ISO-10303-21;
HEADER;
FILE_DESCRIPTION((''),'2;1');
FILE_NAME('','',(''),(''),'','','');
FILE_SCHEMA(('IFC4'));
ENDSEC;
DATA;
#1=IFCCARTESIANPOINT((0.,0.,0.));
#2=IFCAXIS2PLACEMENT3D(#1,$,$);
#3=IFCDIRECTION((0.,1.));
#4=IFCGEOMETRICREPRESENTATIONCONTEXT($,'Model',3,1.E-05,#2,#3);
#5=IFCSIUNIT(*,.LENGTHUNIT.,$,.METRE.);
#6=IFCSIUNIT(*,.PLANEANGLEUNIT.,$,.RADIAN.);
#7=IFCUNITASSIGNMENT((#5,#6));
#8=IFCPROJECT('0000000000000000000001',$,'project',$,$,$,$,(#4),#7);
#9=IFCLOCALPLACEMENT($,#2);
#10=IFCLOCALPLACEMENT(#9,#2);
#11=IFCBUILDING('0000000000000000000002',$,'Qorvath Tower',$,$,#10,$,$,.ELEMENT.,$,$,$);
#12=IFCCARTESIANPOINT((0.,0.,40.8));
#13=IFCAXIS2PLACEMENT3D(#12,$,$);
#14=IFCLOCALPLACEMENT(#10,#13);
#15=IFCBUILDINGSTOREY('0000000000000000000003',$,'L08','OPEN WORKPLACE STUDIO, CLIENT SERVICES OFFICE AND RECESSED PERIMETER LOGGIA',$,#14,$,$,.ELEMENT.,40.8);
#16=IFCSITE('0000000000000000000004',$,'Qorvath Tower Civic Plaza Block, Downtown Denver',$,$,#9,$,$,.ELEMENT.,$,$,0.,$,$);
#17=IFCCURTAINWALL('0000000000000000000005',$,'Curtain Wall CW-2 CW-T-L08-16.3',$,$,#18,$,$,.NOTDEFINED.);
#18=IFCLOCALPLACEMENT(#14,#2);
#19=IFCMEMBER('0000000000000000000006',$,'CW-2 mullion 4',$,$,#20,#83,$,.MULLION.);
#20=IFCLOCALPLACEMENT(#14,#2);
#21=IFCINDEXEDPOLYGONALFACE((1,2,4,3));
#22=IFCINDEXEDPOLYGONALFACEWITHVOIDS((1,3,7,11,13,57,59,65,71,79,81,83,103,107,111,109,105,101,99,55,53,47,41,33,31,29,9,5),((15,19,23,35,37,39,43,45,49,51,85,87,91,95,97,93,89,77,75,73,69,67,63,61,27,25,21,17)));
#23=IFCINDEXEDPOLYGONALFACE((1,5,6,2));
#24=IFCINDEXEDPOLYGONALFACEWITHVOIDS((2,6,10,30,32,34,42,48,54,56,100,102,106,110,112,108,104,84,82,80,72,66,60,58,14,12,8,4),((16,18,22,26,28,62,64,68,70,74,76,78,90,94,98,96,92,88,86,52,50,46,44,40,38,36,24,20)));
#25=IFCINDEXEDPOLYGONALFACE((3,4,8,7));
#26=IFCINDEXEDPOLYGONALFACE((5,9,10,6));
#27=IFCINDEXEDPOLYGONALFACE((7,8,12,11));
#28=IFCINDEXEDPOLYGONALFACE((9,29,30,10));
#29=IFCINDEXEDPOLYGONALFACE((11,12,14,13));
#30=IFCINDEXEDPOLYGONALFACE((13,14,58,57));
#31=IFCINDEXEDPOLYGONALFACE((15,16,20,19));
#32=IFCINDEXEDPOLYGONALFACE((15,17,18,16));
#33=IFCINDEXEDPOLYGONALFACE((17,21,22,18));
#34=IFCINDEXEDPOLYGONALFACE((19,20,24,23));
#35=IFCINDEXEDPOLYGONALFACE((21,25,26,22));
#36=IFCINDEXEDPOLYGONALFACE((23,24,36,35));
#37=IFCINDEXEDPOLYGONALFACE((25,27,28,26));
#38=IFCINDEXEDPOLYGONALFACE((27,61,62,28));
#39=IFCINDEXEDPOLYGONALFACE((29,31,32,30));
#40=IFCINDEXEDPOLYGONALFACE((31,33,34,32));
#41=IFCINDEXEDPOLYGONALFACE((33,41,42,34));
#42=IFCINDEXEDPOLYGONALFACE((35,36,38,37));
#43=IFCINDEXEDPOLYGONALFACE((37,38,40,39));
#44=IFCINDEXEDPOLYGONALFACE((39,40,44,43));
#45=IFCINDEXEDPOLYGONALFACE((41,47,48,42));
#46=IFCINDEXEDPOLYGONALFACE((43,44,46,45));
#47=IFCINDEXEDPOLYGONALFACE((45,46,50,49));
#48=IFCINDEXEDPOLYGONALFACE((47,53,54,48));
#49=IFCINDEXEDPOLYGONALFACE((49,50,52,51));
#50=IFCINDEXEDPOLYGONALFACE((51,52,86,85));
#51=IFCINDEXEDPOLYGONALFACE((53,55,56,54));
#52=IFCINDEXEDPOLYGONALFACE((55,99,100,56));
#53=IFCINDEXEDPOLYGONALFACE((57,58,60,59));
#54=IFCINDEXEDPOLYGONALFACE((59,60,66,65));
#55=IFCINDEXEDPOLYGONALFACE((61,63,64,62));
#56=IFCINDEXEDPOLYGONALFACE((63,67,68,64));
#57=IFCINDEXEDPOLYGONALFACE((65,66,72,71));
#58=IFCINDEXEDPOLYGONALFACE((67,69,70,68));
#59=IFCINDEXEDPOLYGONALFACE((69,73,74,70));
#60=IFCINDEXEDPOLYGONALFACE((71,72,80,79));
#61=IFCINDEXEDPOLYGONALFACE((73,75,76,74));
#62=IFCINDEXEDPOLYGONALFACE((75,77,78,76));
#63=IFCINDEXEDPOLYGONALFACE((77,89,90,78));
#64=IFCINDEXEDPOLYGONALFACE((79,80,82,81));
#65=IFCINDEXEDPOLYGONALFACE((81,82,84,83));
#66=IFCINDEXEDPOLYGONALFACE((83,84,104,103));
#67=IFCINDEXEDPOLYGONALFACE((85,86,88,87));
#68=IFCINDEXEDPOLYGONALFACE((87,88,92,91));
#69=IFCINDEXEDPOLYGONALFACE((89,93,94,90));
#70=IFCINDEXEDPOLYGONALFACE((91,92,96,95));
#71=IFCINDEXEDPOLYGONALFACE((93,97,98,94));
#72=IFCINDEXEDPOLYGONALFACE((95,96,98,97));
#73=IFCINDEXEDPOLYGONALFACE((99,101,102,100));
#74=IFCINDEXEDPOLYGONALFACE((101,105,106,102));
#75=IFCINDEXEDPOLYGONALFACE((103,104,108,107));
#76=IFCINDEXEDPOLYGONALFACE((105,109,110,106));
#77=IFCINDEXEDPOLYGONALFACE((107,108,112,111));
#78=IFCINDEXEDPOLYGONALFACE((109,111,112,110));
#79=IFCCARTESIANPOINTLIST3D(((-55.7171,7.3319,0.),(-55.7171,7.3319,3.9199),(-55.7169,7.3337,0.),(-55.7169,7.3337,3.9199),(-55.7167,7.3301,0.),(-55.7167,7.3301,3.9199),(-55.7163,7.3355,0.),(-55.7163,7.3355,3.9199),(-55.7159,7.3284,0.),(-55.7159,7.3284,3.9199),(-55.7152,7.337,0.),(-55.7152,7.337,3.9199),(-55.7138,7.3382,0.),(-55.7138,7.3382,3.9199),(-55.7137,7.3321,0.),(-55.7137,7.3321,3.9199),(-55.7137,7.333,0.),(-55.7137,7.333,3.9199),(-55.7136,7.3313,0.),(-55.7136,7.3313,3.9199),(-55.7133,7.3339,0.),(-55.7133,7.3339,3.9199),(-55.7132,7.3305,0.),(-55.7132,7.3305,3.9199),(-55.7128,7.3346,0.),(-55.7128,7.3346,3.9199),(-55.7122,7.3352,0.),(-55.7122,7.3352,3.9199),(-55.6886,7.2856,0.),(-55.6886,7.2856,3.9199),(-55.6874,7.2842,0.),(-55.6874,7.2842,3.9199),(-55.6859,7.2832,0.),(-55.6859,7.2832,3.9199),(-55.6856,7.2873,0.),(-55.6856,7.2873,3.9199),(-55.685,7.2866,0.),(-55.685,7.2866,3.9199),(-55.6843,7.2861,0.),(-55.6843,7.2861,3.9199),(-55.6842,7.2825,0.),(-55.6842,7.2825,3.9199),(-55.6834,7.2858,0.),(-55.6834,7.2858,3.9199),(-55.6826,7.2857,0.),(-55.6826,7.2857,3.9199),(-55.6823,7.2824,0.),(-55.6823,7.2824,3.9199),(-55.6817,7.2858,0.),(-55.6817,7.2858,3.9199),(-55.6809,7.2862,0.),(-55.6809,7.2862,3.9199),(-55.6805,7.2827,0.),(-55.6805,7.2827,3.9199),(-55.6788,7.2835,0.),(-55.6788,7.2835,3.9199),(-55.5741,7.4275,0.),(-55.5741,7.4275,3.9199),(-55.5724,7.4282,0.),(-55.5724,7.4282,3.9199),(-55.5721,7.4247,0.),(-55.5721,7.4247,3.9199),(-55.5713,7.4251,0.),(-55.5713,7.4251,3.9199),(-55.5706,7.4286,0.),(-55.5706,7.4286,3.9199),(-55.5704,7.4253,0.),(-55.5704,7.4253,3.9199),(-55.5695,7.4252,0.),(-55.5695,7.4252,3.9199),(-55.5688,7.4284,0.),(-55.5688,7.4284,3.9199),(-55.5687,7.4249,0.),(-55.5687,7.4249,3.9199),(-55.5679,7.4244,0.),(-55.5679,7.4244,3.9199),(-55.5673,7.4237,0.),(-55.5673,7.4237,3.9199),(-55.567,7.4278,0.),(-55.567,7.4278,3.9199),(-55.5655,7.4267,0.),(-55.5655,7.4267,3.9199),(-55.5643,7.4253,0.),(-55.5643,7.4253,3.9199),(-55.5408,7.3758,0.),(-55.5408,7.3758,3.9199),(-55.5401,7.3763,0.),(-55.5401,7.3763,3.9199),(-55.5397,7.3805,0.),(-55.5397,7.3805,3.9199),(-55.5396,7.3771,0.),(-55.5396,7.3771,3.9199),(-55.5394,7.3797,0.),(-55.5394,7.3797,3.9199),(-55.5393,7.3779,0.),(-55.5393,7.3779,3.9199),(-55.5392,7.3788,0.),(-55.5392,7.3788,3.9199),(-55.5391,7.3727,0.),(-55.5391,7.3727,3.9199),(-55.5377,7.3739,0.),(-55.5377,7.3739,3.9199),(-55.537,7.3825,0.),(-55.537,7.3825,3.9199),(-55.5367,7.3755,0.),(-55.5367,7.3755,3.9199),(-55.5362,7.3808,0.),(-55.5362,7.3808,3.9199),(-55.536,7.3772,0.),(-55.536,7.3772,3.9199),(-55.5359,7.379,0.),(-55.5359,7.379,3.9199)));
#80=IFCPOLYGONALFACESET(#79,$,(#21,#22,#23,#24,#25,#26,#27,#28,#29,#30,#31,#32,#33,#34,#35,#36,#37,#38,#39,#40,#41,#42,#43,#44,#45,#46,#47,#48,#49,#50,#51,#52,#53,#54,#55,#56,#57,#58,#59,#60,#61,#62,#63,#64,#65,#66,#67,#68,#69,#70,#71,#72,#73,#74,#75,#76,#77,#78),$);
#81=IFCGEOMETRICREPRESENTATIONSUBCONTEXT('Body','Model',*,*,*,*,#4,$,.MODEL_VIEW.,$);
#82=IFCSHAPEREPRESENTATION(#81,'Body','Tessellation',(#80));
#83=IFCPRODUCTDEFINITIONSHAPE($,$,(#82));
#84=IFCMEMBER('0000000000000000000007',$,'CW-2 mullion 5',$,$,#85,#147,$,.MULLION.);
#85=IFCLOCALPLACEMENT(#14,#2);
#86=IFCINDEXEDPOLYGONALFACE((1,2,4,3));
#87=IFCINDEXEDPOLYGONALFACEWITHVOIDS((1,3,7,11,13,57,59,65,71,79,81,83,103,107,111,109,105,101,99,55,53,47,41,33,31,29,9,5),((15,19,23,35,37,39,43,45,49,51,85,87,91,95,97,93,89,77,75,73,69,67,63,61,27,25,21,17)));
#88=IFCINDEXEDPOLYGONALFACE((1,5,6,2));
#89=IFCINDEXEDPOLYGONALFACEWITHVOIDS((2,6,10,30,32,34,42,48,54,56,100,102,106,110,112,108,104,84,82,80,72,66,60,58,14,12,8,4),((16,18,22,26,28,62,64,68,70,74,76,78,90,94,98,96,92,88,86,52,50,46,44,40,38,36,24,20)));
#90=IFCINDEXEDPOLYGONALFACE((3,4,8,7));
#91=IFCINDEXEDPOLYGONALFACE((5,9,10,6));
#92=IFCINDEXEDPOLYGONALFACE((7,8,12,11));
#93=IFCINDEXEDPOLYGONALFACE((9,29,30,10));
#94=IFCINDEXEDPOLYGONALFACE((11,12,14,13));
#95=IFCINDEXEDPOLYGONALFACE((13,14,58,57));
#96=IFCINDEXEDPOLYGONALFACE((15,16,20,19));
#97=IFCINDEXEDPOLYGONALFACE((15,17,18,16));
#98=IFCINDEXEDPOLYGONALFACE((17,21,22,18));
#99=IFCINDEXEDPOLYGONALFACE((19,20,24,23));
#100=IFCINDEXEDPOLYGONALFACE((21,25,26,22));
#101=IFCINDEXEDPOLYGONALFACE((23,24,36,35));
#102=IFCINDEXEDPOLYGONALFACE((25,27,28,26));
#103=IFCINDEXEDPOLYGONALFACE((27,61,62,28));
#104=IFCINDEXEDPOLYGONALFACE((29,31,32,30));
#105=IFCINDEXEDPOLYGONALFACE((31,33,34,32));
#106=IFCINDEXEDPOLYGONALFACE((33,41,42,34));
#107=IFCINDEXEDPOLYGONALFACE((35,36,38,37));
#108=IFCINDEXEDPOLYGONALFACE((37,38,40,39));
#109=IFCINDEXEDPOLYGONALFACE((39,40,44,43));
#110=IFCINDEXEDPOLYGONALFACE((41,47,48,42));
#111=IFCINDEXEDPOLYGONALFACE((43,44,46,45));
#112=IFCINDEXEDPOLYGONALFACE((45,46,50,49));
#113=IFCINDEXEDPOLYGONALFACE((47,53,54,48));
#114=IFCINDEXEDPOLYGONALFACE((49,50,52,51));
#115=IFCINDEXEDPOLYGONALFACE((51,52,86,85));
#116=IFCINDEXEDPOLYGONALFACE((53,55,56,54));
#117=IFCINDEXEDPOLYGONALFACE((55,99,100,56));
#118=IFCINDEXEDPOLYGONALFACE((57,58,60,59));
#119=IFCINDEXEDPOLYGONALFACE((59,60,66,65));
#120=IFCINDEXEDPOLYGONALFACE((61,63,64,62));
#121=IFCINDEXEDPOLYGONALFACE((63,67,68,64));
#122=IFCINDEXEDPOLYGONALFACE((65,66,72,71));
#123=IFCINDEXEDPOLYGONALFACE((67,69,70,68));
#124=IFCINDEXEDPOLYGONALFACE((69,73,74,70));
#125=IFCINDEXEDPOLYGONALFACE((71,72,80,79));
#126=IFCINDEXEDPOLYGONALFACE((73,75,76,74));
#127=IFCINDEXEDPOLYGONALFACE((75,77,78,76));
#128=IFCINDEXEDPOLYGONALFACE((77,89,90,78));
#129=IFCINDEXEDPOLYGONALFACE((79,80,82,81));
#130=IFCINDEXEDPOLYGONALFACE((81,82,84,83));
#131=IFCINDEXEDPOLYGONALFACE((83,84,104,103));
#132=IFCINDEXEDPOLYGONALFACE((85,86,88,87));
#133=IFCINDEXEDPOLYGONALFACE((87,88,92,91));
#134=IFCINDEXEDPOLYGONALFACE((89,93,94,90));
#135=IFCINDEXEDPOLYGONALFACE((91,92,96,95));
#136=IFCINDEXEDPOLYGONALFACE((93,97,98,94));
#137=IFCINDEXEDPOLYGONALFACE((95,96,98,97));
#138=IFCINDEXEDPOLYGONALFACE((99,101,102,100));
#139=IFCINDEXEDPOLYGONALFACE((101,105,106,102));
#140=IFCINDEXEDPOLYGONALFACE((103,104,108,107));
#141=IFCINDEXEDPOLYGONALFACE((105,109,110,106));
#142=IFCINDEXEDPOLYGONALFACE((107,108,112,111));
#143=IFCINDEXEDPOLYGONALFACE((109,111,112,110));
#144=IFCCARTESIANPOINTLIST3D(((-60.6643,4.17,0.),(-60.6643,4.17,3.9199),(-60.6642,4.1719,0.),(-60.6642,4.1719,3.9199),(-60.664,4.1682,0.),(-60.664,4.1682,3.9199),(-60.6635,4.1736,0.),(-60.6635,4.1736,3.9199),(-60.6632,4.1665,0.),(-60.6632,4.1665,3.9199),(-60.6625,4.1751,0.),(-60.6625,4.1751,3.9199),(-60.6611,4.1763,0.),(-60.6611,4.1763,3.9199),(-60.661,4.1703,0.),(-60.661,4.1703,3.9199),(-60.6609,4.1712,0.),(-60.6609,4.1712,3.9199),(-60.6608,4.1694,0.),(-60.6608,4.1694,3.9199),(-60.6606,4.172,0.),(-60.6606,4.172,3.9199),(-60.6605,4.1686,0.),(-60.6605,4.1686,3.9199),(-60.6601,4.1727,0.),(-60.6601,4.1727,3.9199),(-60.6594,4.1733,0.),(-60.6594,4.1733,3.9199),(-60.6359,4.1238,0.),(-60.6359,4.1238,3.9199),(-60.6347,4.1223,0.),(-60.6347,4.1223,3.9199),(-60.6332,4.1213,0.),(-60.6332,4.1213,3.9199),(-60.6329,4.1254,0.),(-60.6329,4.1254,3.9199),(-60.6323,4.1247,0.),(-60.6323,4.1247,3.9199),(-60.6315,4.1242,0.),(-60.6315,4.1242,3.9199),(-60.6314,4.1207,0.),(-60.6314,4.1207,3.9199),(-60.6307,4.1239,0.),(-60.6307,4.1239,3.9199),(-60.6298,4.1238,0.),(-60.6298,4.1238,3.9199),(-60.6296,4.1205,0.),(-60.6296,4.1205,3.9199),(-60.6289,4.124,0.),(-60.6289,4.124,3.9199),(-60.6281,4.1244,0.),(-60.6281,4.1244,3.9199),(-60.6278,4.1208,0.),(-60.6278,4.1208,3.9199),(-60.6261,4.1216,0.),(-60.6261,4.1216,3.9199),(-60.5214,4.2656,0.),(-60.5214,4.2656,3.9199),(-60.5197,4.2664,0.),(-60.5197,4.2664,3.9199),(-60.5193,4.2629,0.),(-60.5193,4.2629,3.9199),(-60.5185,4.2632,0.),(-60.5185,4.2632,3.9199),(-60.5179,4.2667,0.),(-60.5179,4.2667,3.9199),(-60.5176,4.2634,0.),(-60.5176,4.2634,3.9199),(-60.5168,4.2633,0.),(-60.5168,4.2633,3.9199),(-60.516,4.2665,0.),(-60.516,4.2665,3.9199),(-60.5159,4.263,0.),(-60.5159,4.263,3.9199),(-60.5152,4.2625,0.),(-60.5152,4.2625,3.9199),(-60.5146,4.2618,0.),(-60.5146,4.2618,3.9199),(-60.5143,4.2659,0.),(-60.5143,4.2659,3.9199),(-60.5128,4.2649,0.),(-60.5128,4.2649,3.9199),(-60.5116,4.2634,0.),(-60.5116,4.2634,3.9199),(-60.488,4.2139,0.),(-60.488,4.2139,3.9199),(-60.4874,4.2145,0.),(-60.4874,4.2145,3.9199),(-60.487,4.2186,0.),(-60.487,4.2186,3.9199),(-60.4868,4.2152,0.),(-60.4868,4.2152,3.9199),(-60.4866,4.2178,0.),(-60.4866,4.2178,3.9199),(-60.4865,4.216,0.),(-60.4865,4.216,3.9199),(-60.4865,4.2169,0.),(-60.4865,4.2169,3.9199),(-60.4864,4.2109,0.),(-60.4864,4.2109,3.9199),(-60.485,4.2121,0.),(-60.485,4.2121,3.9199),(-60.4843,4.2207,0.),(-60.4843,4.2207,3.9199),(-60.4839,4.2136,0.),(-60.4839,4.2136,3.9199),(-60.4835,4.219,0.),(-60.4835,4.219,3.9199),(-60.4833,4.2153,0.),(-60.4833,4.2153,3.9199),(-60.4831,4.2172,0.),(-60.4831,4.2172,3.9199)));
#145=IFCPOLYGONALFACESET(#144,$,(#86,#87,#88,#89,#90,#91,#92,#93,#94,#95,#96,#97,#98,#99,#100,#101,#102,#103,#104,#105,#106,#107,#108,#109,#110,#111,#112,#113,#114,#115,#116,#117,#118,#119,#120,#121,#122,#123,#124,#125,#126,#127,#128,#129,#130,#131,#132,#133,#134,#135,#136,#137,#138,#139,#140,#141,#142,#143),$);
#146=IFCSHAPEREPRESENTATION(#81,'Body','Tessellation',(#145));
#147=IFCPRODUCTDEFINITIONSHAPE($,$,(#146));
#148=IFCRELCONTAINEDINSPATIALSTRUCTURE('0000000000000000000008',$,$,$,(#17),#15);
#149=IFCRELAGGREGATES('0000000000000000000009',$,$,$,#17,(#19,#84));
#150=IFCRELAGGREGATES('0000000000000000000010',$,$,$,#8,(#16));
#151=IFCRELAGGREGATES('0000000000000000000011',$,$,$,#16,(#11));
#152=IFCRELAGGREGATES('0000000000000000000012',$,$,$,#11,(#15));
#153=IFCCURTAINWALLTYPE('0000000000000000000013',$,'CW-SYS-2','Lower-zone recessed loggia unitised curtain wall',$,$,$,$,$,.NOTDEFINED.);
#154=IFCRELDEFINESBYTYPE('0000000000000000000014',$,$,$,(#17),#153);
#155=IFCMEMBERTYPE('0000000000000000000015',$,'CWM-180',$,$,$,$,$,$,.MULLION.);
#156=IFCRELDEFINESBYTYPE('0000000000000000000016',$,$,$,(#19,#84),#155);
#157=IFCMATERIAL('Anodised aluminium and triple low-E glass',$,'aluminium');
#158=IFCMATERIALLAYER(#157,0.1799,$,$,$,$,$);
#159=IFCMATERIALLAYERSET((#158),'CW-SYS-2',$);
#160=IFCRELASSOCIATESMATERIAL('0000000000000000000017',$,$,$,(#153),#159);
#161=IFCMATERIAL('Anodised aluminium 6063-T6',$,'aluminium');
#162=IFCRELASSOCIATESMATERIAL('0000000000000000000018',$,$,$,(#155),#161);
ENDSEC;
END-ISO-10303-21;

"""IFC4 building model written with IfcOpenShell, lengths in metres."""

from ifc_helpers import new_model, si_unit, direction, frame, origin, origin_2d, place, context, subcontext, project, spatial, hollow_rectangle, extrude, material, layer, layer_set, material_profile, profile_set, type_object, element, aggregate, save


model = new_model("IFC4")

# Units and contexts
model_context = context("Model", 3, precision=1e-05, world=origin(), true_north=direction((0.0, 1.0)))
body_context = subcontext(model_context, "Body", "Model", "MODEL_VIEW")
ifc_project = project(units=[si_unit("LENGTHUNIT", "METRE"), si_unit("PLANEANGLEUNIT", "RADIAN")], contexts=[model_context])

# Site, building, storey
site_placement = place(None, origin())
site = spatial("IfcSite", under=ifc_project, at=site_placement, Name="Qorvath Tower Civic Plaza Block, Downtown Denver", CompositionType="ELEMENT", RefElevation=0.0)
building_placement = place(site_placement, origin())
building = spatial("IfcBuilding", under=site, at=building_placement, Name="Qorvath Tower", CompositionType="ELEMENT")
storey_placement = place(building_placement, frame((0.0, 0.0, 40.8)))
storey = spatial("IfcBuildingStorey", under=building, at=storey_placement, Name="L08", Description="OPEN WORKPLACE STUDIO, CLIENT SERVICES OFFICE AND RECESSED PERIMETER LOGGIA", CompositionType="ELEMENT", Elevation=40.8)

# Curtain wall, members
ifc_material_1 = material(Name="Anodised aluminium and triple low-E glass", Category="aluminium")
ifc_layer_1 = layer(ifc_material_1, 0.1799)
ifc_layer_set_1 = layer_set([ifc_layer_1], Name="CW-SYS-2")
curtain_wall_type = type_object("IfcCurtainWallType", Name="CW-SYS-2", Description="Lower-zone recessed loggia unitised curtain wall", PredefinedType="NOTDEFINED", material=ifc_layer_set_1)
curtain_wall_placement = place(storey_placement, origin())
curtain_wall = element("IfcCurtainWall", 1, at=curtain_wall_placement, inside=storey, type_object=curtain_wall_type, Name="Curtain Wall CW-2 CW-T-L08-16.3", PredefinedType="NOTDEFINED")
ifc_material_2 = material(Name="Anodised aluminium 6063-T6", Category="aluminium")
ifc_material_profile_1 = material_profile(ifc_material_2, hollow_rectangle(XDim=0.0649, YDim=0.1799, WallThickness=0.0034, InnerFilletRadius=0.0034, OuterFilletRadius=0.0071, at=origin_2d()), Name="CWM 180x65")
ifc_profile_set_1 = profile_set([ifc_material_profile_1], Name="Anodised aluminium 6063-T6")
member_type_1 = type_object("IfcMemberType", Name="CWM-180", PredefinedType="MULLION", material=ifc_profile_set_1)
member_1_placement = place(storey_placement, frame((-55.6265, 7.3555, 0.0), z_axis=(0.0, 0.0, 1.0), x_axis=(0.538532, -0.842605, 0.0)))
member_1 = element("IfcMember", 2, at=member_1_placement, type_object=member_type_1, Name="CW-2 mullion 4", PredefinedType="MULLION", context=body_context, shape_type="SweptSolid", body=[
    extrude(hollow_rectangle(XDim=0.0649, YDim=0.1799, WallThickness=0.0034, InnerFilletRadius=0.0034, OuterFilletRadius=0.0071, at=origin_2d()), origin(), (0.0, 0.0, 1.0), 3.9199),
])
member_2_placement = place(storey_placement, frame((-60.5737, 4.1936, 0.0), z_axis=(0.0, 0.0, 1.0), x_axis=(0.538532, -0.842605, 0.0)))
member_2 = element("IfcMember", 3, at=member_2_placement, type_object=member_type_1, Name="CW-2 mullion 5", PredefinedType="MULLION", context=body_context, shape_type="SweptSolid", body=[
    extrude(hollow_rectangle(XDim=0.0649, YDim=0.1799, WallThickness=0.0034, InnerFilletRadius=0.0034, OuterFilletRadius=0.0071, at=origin_2d()), origin(), (0.0, 0.0, 1.0), 3.9199),
])
aggregate(curtain_wall, [member_1, member_2])

save(model, "model.ifc")
